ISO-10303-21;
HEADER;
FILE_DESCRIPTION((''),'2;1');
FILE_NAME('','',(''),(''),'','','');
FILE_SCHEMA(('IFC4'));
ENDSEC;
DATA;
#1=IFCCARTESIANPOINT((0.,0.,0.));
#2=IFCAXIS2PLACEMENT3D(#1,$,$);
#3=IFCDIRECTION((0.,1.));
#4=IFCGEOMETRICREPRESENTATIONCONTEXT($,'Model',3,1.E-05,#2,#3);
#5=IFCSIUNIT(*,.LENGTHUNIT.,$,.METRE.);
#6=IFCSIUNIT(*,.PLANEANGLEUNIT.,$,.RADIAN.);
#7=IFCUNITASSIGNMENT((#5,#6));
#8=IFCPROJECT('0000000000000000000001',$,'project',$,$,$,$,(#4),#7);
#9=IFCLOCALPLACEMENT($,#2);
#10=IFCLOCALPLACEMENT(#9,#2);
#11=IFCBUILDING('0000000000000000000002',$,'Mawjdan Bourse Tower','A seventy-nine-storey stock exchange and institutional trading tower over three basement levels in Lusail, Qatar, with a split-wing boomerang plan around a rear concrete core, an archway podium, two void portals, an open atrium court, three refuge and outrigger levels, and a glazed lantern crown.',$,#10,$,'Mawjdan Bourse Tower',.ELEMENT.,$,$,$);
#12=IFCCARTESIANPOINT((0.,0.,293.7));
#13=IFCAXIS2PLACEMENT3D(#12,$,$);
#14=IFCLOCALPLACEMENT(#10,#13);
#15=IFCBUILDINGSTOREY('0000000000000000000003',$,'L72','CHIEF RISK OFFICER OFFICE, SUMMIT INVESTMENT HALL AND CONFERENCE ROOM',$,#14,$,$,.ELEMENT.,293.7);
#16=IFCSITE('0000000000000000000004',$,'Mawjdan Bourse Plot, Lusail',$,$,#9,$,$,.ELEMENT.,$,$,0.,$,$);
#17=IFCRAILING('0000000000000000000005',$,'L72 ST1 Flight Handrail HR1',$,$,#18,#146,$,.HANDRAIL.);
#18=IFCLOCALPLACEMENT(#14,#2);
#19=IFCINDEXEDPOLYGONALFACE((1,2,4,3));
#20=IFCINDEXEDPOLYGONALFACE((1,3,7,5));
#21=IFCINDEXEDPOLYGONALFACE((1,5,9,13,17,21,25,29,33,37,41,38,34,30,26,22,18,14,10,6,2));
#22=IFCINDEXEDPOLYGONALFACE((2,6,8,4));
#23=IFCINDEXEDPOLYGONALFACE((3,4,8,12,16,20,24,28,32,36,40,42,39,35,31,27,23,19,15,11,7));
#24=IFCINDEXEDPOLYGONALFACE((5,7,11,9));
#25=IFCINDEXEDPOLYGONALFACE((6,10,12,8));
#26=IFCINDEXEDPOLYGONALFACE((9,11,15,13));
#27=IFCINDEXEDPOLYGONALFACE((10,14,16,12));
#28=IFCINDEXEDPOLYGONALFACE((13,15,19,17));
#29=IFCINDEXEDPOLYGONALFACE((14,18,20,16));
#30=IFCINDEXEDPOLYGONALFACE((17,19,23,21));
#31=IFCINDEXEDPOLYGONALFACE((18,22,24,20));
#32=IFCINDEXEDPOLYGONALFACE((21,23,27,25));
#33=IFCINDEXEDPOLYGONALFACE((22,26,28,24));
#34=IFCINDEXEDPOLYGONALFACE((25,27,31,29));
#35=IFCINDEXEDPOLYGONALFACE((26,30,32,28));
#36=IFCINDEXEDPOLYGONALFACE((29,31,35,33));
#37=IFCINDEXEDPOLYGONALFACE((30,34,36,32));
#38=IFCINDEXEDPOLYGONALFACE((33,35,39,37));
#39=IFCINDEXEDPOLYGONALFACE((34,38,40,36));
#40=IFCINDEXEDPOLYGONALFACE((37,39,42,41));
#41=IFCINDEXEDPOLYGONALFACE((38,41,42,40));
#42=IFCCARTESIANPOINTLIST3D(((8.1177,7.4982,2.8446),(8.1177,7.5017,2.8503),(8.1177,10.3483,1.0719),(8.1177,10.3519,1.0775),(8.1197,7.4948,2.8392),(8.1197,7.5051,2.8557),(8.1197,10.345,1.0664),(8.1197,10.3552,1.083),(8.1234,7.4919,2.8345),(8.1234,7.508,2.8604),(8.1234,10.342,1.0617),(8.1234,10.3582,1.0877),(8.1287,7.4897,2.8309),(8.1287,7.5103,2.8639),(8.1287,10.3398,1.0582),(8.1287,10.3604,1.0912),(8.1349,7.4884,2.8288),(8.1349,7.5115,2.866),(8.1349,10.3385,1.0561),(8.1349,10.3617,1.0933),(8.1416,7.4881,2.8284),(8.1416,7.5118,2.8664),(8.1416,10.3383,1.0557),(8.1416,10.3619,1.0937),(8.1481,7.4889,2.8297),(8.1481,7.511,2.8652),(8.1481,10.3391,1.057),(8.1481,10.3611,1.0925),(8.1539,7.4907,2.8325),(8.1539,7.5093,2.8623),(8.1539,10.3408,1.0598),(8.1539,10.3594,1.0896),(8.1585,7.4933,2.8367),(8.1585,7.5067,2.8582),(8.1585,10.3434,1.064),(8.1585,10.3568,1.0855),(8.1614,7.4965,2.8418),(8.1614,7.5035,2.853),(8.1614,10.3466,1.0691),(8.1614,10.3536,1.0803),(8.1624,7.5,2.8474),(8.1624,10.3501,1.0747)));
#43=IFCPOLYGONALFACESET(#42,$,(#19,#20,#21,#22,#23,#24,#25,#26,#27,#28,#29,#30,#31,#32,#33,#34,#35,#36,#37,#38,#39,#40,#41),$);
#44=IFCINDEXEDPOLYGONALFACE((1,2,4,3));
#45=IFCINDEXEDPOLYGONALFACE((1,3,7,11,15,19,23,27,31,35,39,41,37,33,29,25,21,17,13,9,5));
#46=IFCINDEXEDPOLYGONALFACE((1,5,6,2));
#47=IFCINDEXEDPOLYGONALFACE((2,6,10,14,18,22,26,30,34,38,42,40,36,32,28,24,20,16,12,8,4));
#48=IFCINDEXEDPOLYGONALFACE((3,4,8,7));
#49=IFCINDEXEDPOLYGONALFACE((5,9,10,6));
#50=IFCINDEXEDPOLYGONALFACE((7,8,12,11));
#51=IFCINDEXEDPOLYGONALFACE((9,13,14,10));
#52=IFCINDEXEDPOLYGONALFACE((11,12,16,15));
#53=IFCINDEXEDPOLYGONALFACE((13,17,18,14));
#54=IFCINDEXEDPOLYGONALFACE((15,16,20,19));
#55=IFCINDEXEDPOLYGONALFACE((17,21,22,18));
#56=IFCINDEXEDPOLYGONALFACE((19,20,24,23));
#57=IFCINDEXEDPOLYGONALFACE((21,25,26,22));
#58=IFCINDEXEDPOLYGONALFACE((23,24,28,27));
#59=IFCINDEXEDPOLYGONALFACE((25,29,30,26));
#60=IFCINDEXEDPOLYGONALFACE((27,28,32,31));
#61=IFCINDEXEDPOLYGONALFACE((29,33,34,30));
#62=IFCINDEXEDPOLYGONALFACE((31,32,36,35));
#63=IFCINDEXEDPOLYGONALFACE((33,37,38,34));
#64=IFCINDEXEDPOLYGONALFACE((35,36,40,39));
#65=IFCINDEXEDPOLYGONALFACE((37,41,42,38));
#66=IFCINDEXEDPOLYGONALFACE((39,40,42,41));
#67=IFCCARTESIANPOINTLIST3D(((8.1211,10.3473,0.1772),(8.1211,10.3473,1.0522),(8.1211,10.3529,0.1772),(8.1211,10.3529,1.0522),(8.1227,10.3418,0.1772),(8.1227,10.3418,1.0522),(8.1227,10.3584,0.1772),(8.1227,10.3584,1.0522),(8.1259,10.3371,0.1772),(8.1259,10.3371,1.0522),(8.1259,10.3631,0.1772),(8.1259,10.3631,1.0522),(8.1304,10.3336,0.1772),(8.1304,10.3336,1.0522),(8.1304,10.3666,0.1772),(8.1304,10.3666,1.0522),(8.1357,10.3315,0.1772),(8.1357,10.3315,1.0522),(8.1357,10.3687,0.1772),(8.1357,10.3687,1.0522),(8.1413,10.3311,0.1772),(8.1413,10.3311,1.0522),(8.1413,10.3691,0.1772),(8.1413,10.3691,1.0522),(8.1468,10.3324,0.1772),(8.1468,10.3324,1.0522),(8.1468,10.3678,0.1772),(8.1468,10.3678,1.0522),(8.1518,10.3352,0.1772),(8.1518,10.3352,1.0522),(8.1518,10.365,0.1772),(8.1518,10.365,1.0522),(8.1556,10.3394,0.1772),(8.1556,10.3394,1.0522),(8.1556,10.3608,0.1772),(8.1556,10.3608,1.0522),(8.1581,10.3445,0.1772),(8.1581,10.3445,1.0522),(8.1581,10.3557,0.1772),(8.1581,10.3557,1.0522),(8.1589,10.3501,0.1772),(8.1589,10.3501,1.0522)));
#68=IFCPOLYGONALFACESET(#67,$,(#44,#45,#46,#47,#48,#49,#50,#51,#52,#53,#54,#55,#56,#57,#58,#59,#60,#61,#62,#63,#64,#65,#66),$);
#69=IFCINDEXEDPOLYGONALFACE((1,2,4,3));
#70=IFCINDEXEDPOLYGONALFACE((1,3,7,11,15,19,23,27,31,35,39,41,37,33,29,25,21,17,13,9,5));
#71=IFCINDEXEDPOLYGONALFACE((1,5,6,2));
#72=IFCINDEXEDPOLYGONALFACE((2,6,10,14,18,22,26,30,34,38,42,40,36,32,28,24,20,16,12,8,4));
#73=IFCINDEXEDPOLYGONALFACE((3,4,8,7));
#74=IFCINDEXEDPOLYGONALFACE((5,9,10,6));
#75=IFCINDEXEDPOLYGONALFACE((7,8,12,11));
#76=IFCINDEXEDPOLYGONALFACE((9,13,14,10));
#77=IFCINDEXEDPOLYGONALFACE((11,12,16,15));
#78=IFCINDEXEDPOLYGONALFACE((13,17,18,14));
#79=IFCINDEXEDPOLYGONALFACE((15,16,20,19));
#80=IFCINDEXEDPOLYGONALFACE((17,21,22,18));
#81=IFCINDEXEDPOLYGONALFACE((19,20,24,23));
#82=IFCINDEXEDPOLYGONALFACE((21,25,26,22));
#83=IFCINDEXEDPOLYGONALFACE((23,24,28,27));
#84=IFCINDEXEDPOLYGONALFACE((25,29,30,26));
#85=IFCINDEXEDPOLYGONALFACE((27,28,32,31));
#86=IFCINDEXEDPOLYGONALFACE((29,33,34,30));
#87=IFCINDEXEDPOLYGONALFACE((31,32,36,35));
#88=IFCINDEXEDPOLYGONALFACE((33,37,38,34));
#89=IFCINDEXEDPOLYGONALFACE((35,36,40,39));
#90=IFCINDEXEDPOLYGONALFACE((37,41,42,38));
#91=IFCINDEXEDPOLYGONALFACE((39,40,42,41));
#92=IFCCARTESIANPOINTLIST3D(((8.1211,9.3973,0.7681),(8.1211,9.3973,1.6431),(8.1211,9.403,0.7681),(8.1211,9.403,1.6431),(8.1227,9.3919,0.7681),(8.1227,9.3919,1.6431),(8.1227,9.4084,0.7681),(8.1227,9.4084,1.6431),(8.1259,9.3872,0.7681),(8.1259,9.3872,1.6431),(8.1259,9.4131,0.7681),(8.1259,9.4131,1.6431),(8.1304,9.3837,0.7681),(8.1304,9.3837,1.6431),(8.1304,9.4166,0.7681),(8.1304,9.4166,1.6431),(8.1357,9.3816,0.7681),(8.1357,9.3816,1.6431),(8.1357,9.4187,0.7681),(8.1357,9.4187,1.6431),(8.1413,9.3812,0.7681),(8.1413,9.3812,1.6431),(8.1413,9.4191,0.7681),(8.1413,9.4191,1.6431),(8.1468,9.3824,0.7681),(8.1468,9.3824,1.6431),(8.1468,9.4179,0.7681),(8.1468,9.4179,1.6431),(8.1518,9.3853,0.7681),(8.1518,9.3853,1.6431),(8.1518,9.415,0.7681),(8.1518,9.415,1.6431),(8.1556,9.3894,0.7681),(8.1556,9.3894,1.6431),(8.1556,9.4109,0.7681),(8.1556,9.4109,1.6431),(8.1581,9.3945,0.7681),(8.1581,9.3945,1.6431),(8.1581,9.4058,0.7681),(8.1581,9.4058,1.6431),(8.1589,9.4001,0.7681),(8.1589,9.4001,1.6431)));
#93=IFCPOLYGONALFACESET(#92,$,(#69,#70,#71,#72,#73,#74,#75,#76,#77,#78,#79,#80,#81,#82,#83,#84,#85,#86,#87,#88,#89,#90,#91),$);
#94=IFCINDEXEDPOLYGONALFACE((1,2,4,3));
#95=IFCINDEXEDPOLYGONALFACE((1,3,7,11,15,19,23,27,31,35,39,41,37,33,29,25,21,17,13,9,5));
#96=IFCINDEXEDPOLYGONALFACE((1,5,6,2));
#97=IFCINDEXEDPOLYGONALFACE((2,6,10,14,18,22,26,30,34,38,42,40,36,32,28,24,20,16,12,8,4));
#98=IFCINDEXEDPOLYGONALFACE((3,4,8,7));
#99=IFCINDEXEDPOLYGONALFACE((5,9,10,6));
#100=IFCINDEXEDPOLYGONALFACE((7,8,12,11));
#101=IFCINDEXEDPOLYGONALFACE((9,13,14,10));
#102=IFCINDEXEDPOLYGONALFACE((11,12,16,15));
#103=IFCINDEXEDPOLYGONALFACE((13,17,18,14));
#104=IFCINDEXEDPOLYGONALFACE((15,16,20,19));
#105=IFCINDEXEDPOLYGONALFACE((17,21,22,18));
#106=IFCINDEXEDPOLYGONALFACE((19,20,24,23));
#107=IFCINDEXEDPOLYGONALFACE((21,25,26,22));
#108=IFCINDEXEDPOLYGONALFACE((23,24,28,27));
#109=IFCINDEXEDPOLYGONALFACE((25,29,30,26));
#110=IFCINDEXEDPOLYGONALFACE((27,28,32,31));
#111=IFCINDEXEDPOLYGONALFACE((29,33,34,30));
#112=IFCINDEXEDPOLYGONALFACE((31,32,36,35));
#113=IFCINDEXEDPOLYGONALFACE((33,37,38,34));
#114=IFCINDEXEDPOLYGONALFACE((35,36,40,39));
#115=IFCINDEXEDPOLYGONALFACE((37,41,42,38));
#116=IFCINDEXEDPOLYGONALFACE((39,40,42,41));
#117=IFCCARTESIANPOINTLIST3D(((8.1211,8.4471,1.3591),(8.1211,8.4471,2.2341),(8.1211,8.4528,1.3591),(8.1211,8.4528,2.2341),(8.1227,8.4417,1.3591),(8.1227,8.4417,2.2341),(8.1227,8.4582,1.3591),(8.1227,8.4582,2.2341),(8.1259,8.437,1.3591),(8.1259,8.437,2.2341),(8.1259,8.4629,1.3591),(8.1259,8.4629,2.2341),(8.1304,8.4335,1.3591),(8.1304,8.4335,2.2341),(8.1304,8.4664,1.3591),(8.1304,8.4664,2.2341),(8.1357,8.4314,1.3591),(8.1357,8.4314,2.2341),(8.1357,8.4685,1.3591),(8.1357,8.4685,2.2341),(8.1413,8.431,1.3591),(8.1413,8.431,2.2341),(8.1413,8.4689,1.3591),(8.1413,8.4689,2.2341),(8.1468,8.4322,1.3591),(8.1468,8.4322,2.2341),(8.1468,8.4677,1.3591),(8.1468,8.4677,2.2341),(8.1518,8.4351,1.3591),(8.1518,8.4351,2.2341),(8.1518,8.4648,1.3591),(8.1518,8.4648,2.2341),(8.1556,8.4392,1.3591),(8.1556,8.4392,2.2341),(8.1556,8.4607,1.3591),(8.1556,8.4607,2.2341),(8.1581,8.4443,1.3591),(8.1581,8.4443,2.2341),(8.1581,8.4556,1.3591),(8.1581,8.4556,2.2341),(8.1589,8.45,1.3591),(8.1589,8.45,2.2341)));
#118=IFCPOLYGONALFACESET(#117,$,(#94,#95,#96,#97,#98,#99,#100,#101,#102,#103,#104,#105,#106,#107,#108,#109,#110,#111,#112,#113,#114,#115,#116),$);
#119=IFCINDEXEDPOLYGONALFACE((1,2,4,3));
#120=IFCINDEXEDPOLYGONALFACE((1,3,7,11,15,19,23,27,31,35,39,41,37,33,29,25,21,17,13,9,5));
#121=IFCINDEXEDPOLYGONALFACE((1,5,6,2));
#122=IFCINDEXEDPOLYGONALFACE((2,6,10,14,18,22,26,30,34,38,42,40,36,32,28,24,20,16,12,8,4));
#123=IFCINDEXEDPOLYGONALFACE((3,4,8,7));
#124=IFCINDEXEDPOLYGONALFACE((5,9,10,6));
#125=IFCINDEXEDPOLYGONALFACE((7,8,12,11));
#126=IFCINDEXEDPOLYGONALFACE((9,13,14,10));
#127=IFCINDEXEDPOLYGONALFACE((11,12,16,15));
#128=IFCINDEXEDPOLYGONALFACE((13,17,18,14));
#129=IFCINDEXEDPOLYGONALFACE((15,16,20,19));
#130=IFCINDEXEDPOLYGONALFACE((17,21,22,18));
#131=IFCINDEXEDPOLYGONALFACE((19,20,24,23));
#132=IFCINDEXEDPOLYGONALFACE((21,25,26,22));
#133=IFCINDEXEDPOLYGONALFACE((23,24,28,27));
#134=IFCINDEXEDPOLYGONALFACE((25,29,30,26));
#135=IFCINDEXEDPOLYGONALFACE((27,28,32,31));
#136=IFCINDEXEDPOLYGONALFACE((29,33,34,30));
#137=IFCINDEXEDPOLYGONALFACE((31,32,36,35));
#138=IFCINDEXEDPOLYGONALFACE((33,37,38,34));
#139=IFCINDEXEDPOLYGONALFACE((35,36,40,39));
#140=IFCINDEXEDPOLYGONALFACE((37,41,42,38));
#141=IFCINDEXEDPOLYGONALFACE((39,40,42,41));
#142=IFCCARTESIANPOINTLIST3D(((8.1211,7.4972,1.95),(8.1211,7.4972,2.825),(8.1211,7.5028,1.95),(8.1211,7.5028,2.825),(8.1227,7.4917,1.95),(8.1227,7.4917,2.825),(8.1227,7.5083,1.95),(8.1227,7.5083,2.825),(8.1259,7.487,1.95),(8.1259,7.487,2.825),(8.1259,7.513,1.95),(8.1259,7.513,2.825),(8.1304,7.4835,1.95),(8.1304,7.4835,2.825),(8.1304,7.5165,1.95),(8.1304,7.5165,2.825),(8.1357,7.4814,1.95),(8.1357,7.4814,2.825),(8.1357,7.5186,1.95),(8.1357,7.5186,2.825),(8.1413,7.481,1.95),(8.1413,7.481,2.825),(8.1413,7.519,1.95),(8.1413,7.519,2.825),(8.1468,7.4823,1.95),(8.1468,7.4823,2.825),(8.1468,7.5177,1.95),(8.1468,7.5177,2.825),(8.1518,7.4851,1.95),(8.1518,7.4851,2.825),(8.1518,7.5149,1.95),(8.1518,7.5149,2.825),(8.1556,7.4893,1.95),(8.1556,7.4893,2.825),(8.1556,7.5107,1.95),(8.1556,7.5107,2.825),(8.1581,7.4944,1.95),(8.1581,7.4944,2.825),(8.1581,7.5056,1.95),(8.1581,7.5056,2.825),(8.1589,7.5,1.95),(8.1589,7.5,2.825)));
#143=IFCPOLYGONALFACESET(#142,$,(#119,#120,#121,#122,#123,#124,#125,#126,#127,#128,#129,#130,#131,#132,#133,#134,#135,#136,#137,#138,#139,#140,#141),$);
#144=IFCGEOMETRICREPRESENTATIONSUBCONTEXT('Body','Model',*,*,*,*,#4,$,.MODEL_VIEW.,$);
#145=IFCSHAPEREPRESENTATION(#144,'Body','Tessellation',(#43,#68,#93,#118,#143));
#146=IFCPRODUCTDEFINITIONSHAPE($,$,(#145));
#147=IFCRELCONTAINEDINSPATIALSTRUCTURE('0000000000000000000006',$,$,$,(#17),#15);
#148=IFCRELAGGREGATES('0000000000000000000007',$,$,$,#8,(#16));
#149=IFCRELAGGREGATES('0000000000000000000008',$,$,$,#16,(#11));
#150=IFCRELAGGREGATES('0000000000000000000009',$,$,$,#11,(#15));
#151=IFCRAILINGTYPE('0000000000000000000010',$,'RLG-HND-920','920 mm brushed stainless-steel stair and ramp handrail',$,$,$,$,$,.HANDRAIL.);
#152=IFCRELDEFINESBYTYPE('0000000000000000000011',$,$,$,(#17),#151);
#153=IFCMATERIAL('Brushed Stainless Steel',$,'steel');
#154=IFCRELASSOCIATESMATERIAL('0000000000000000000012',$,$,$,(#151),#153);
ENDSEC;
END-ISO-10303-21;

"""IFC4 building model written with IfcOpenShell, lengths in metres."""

from ifc_helpers import new_model, si_unit, direction, frame, origin, origin_2d, place, context, subcontext, project, spatial, circle, extrude, material, type_object, element, save


model = new_model("IFC4")

# Units and contexts
model_context = context("Model", 3, precision=1e-05, world=origin(), true_north=direction((0.0, 1.0)))
body_context = subcontext(model_context, "Body", "Model", "MODEL_VIEW")
ifc_project = project(units=[si_unit("LENGTHUNIT", "METRE"), si_unit("PLANEANGLEUNIT", "RADIAN")], contexts=[model_context])

# Site, building, storey
site_placement = place(None, origin())
site = spatial("IfcSite", under=ifc_project, at=site_placement, Name="Mawjdan Bourse Plot, Lusail", CompositionType="ELEMENT", RefElevation=0.0)
building_placement = place(site_placement, origin())
building = spatial("IfcBuilding", under=site, at=building_placement, Name="Mawjdan Bourse Tower", Description="A seventy-nine-storey stock exchange and institutional trading tower over three basement levels in Lusail, Qatar, with a split-wing boomerang plan around a rear concrete core, an archway podium, two void portals, an open atrium court, three refuge and outrigger levels, and a glazed lantern crown.", LongName="Mawjdan Bourse Tower", CompositionType="ELEMENT")
storey_placement = place(building_placement, frame((0.0, 0.0, 293.7)))
storey = spatial("IfcBuildingStorey", under=building, at=storey_placement, Name="L72", Description="CHIEF RISK OFFICER OFFICE, SUMMIT INVESTMENT HALL AND CONFERENCE ROOM", CompositionType="ELEMENT", Elevation=293.7)

# Railing
ifc_material_1 = material(Name="Brushed Stainless Steel", Category="steel")
railing_type_1 = type_object("IfcRailingType", Name="RLG-HND-920", Description="920 mm brushed stainless-steel stair and ramp handrail", PredefinedType="HANDRAIL", material=ifc_material_1)
railing_1_placement = place(storey_placement, frame((8.1399, 10.3501, 0.1772)))
element("IfcRailing", 1, at=railing_1_placement, inside=storey, type_object=railing_type_1, Name="L72 ST1 Flight Handrail HR1", PredefinedType="HANDRAIL", context=body_context, shape_type="SweptSolid", body=[
    extrude(circle(Radius=0.0225, at=origin_2d()), frame((0.0, 0.0, 0.8975), z_axis=(0.0, -0.849149, 0.528154), x_axis=(1.0, 0.0, 0.0)), (0.0, 0.0, 1.0), 3.3564),
    extrude(circle(Radius=0.019, at=origin_2d()), origin(), (0.0, 0.0, 1.0), 0.875),
    extrude(circle(Radius=0.019, at=origin_2d()), frame((0.0, -0.95, 0.5908)), (0.0, 0.0, 1.0), 0.875),
    extrude(circle(Radius=0.019, at=origin_2d()), frame((0.0, -1.9001, 1.1819)), (0.0, 0.0, 1.0), 0.875),
    extrude(circle(Radius=0.019, at=origin_2d()), frame((0.0, -2.8501, 1.7727)), (0.0, 0.0, 1.0), 0.875),
])

save(model, "model.ifc")
